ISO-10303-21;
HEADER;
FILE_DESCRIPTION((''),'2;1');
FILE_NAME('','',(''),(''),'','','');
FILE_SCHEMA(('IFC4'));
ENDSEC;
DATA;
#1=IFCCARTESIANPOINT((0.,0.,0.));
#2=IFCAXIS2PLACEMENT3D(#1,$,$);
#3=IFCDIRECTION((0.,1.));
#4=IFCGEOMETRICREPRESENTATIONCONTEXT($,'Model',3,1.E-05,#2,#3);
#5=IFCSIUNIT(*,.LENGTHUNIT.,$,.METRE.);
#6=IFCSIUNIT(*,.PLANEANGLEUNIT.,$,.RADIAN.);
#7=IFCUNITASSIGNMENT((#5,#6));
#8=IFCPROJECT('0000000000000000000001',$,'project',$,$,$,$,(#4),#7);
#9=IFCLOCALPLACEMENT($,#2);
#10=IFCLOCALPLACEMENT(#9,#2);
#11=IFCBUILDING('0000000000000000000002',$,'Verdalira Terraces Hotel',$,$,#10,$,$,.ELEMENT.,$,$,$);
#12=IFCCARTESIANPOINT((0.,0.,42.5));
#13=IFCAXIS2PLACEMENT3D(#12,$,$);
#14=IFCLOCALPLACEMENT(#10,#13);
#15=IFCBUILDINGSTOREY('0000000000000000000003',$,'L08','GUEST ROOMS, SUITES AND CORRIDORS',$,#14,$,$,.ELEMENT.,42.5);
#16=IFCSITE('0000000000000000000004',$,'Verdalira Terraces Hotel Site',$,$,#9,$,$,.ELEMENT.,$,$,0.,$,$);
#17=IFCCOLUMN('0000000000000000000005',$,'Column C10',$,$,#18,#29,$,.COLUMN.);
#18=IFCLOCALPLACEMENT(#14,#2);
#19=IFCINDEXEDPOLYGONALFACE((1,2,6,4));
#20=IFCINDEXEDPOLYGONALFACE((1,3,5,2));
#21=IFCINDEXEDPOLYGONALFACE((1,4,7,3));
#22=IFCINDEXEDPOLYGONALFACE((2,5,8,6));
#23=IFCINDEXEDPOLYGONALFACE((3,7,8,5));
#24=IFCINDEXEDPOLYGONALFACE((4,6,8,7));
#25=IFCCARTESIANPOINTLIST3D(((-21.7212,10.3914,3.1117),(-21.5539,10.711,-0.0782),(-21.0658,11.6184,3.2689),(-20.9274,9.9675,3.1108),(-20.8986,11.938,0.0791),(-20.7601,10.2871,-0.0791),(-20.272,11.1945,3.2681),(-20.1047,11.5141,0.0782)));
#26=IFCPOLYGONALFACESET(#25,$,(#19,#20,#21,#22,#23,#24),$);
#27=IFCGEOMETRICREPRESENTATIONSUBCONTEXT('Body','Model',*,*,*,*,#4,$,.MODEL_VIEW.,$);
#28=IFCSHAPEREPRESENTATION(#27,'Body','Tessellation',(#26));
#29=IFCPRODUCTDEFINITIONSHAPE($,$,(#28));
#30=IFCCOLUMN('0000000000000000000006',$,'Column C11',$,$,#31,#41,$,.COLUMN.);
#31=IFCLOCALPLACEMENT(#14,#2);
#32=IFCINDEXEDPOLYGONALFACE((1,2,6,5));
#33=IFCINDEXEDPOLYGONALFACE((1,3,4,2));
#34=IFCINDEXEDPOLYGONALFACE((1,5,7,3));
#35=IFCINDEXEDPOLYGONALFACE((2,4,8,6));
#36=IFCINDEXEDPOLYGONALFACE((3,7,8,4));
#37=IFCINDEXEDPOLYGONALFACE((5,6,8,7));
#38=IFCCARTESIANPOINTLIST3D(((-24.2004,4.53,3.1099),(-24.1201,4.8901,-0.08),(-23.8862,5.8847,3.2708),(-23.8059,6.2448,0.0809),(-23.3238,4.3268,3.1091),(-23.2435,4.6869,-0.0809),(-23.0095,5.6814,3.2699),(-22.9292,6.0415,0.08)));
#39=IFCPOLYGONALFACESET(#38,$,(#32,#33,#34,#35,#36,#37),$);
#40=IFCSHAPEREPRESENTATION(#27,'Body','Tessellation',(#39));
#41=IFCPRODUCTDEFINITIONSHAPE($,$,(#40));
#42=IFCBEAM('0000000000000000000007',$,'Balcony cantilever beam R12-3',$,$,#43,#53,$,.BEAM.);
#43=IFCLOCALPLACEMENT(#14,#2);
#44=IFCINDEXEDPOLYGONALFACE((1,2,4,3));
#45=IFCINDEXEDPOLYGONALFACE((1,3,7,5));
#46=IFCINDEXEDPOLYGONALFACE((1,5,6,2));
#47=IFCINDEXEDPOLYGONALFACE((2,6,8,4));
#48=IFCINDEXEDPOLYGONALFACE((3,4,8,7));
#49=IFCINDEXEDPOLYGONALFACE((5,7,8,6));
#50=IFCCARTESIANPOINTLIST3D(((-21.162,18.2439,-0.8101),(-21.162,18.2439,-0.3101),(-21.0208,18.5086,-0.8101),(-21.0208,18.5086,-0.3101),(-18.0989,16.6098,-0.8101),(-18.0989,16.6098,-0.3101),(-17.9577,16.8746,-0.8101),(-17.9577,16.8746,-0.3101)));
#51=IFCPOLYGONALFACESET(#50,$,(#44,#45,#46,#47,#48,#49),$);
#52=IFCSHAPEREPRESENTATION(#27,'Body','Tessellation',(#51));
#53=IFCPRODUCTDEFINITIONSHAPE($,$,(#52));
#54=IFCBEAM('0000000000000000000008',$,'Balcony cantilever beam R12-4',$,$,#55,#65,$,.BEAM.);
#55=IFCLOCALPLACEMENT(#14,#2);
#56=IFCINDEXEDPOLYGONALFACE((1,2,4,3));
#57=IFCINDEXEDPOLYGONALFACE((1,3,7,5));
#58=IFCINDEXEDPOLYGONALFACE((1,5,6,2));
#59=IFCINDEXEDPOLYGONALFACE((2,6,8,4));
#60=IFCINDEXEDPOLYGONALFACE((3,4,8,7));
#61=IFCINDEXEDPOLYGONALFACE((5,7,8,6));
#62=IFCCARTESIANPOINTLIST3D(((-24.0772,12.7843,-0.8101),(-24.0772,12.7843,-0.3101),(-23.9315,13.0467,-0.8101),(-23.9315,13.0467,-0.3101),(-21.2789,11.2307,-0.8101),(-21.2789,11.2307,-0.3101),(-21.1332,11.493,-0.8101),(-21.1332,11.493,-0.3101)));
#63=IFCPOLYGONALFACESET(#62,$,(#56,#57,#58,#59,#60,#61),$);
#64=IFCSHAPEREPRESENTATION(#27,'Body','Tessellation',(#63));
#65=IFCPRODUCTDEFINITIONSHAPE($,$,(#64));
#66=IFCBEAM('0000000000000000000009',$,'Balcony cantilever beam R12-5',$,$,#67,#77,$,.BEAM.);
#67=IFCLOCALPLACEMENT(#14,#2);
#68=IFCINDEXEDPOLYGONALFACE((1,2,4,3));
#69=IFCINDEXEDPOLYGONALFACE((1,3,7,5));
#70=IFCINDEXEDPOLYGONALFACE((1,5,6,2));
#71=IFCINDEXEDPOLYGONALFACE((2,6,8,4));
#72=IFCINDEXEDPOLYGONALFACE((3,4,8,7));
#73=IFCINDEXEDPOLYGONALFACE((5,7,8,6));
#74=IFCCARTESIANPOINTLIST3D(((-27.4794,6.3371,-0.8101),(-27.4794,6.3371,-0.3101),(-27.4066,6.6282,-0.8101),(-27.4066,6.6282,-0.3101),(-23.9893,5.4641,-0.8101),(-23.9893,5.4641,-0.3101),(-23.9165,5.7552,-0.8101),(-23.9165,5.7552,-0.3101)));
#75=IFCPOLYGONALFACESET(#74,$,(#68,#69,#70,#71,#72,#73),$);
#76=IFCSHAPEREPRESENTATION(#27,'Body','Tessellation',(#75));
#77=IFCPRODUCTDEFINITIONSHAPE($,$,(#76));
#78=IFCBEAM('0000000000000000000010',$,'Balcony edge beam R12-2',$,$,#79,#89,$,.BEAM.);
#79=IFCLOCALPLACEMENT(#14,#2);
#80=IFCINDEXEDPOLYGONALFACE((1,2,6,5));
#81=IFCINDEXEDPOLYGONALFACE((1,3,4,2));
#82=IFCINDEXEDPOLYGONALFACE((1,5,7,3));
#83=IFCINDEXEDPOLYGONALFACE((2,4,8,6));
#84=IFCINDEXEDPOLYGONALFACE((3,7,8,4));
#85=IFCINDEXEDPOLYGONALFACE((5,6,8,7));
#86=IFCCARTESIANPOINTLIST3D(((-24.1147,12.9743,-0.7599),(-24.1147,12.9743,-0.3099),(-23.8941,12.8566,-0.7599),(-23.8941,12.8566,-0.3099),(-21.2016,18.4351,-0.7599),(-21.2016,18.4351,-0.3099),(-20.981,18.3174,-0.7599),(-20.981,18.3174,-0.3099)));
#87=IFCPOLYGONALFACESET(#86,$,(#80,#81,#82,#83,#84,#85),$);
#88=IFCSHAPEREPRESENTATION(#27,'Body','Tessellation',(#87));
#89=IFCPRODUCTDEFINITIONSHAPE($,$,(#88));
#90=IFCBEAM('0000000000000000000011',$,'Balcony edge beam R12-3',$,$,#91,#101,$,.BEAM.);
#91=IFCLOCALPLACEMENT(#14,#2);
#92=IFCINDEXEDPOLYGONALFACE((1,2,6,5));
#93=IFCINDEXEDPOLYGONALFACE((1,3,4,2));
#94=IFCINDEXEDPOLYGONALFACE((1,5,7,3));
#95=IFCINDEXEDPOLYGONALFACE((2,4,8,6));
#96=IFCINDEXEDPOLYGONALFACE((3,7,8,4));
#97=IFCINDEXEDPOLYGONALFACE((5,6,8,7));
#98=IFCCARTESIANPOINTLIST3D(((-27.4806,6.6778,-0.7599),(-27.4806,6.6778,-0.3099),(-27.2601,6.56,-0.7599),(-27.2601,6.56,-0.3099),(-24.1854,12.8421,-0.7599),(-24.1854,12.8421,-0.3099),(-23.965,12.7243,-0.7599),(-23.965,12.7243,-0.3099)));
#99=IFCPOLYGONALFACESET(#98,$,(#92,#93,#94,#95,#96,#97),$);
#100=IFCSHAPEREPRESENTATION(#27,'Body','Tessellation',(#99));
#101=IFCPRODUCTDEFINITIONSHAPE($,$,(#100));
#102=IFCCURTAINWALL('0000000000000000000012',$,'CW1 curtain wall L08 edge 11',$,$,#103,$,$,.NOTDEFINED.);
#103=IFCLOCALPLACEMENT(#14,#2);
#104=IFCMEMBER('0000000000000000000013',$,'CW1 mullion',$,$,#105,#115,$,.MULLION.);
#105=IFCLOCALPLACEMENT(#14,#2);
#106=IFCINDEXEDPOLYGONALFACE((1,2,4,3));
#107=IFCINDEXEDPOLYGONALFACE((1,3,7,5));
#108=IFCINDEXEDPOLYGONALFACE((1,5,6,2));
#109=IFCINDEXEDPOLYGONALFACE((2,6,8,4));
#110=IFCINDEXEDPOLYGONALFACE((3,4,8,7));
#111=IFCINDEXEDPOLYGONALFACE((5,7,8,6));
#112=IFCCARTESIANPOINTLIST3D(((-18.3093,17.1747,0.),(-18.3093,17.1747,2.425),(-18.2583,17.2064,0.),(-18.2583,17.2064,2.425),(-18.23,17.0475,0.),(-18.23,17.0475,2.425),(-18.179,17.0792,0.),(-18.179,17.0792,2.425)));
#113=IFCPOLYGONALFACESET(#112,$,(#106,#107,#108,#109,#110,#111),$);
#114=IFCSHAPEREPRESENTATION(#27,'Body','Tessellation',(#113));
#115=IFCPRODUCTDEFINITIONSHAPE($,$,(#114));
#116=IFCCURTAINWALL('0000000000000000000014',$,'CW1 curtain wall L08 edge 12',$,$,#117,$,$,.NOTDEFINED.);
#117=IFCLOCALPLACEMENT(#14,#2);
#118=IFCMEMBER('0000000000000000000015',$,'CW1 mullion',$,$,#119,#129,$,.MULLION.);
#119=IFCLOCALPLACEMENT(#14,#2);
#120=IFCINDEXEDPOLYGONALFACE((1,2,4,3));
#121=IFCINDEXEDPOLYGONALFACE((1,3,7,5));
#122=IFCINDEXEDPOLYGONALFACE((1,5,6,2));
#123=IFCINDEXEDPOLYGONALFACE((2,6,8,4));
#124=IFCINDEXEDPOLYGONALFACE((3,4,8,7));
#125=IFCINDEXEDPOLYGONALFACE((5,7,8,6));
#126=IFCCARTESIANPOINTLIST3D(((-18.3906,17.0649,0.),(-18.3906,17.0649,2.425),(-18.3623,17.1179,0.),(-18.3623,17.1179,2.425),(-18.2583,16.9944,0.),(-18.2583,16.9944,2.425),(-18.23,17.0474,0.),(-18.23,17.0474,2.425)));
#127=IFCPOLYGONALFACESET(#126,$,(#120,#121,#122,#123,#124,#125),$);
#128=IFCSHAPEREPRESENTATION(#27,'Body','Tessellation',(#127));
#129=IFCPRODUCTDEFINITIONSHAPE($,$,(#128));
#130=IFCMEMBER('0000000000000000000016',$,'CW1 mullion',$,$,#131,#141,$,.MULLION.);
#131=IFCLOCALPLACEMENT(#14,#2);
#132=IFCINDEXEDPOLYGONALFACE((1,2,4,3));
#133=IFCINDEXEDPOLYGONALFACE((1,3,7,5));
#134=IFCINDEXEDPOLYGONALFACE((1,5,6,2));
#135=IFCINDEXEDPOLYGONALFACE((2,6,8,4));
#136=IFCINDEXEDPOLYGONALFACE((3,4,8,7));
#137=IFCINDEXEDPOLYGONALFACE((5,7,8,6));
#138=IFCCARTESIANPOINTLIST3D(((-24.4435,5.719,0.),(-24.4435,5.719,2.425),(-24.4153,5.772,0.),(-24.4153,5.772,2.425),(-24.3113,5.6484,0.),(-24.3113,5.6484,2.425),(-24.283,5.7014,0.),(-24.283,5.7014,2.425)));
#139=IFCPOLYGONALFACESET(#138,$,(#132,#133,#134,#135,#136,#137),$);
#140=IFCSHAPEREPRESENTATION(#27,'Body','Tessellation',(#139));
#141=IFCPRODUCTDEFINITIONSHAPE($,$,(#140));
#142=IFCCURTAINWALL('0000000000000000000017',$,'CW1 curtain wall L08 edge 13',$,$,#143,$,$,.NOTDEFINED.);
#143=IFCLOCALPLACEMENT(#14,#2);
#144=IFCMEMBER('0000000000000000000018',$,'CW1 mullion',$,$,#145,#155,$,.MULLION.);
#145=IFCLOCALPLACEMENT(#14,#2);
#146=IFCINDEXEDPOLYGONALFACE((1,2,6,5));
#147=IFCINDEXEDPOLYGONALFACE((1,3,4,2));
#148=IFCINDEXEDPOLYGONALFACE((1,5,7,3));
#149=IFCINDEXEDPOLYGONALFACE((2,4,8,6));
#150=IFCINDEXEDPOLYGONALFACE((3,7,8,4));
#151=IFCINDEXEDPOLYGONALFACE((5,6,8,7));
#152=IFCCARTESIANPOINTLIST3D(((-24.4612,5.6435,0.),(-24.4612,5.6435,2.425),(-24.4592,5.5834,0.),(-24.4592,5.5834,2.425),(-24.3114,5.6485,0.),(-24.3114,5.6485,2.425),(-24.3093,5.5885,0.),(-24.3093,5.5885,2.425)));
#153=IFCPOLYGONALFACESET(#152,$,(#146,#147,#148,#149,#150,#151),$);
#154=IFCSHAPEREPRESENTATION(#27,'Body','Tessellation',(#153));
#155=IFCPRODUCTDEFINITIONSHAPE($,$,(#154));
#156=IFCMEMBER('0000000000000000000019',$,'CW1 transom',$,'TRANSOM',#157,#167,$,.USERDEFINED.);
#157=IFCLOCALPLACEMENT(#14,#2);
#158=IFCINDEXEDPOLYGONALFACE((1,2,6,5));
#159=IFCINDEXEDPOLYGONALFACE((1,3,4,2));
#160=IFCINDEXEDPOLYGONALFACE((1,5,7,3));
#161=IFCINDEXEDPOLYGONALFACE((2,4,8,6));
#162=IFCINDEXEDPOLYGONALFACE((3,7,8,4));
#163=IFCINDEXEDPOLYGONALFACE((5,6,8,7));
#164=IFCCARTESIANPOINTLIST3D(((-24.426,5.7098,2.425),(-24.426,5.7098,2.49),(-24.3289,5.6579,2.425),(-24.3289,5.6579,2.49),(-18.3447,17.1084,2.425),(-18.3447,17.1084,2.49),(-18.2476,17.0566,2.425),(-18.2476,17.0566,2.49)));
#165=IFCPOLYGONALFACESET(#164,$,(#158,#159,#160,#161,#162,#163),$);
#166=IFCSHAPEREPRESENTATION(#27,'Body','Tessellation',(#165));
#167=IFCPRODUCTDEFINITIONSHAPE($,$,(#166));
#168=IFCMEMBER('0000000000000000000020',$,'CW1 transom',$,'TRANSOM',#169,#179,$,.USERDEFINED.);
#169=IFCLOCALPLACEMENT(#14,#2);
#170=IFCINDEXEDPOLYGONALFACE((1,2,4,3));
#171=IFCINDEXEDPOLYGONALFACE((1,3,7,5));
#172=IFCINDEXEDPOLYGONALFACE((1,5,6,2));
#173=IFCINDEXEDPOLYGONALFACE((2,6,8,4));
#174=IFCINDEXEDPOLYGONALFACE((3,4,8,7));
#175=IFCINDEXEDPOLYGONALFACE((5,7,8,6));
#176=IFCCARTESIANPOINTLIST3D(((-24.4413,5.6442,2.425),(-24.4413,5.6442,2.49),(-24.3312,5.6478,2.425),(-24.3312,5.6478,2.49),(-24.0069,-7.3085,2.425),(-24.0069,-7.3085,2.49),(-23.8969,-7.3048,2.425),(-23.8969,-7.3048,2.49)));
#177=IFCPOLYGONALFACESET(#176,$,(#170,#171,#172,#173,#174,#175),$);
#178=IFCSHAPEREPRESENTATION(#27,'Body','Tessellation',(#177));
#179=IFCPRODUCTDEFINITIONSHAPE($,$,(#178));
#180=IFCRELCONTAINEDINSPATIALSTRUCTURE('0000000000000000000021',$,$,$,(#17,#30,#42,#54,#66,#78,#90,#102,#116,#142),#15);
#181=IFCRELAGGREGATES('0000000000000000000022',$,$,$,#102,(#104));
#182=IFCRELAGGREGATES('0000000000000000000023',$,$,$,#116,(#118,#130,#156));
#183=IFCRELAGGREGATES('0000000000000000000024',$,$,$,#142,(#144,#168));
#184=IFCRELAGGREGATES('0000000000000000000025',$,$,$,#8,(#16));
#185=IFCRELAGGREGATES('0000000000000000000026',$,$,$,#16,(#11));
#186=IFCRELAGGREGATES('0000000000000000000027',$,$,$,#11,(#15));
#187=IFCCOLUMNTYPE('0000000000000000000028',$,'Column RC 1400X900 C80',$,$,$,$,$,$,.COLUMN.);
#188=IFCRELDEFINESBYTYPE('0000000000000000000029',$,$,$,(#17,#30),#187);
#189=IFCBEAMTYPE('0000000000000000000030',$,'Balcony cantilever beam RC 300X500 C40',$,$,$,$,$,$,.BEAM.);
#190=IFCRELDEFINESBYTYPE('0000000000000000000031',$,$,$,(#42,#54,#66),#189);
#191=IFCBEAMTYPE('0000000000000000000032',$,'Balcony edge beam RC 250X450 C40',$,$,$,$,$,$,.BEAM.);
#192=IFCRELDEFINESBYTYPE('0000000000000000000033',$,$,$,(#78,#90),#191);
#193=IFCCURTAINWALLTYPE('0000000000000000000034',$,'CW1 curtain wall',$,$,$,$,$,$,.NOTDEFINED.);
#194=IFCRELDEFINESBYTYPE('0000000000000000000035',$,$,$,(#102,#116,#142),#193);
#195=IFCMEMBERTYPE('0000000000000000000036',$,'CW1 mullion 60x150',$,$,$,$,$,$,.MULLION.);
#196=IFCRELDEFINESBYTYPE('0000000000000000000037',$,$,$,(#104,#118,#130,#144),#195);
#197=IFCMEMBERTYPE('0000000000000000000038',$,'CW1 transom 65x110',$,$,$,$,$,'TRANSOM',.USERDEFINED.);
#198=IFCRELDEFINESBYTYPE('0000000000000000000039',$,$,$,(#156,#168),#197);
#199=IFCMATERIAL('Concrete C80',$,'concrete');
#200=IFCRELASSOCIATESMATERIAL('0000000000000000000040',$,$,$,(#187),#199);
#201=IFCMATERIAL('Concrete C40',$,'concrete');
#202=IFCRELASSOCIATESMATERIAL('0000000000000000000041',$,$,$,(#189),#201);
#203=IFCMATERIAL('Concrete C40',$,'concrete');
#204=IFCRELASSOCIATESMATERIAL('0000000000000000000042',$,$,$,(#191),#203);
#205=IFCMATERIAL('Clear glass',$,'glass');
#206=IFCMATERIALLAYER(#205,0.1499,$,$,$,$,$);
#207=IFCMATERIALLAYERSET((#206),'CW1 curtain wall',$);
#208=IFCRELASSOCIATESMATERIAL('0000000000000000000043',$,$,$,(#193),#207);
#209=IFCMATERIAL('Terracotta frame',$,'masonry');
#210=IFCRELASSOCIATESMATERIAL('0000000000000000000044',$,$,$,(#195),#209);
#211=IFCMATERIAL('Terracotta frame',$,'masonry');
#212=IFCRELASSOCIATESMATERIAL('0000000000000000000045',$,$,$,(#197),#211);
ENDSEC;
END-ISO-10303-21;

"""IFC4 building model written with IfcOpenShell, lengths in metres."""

from ifc_helpers import new_model, si_unit, direction, frame, origin, origin_2d, place, context, subcontext, project, spatial, rectangle, extrude, material, layer, layer_set, material_profile, profile_set, type_object, element, aggregate, save


model = new_model("IFC4")

# Units and contexts
model_context = context("Model", 3, precision=1e-05, world=origin(), true_north=direction((0.0, 1.0)))
body_context = subcontext(model_context, "Body", "Model", "MODEL_VIEW")
ifc_project = project(units=[si_unit("LENGTHUNIT", "METRE"), si_unit("PLANEANGLEUNIT", "RADIAN")], contexts=[model_context])

# Site, building, storey
site_placement = place(None, origin())
site = spatial("IfcSite", under=ifc_project, at=site_placement, Name="Verdalira Terraces Hotel Site", CompositionType="ELEMENT", RefElevation=0.0)
building_placement = place(site_placement, origin())
building = spatial("IfcBuilding", under=site, at=building_placement, Name="Verdalira Terraces Hotel", CompositionType="ELEMENT")
storey_placement = place(building_placement, frame((0.0, 0.0, 42.5)))
storey = spatial("IfcBuildingStorey", under=building, at=storey_placement, Name="L08", Description="GUEST ROOMS, SUITES AND CORRIDORS", CompositionType="ELEMENT", Elevation=42.5)

# Columns
ifc_material_1 = material(Name="Concrete C80", Category="concrete")
ifc_material_profile_1 = material_profile(ifc_material_1, rectangle(XDim=1.3999, YDim=0.8999, at=origin_2d()), Name="RC 1400X900")
ifc_profile_set_1 = profile_set([ifc_material_profile_1], Name="Concrete C80")
column_type = type_object("IfcColumnType", Name="Column RC 1400X900 C80", PredefinedType="COLUMN", material=ifc_profile_set_1)
column_1_placement = place(storey_placement, frame((-20.8293, 11.1125, 0.0), z_axis=(-0.052094, -0.099549, 0.993668), x_axis=(-0.468171, -0.876466, -0.112352)))
element("IfcColumn", 1, at=column_1_placement, inside=storey, type_object=column_type, Name="Column C10", PredefinedType="COLUMN", context=body_context, shape_type="SweptSolid", body=[
    extrude(rectangle(XDim=1.3999, YDim=0.8999, at=origin_2d()), origin(), (0.0, 0.0, 1.0), 3.2102),
])
column_2_placement = place(storey_placement, frame((-23.5247, 5.4658, 0.0), z_axis=(-0.025013, -0.112141, 0.993377), x_axis=(0.224483, 0.967681, 0.114892)))
element("IfcColumn", 2, at=column_2_placement, inside=storey, type_object=column_type, Name="Column C11", PredefinedType="COLUMN", context=body_context, shape_type="SweptSolid", body=[
    extrude(rectangle(XDim=1.3999, YDim=0.8999, at=origin_2d()), origin(), (0.0, 0.0, 1.0), 3.2112),
])

# Beams
ifc_material_2 = material(Name="Concrete C40", Category="concrete")
ifc_material_profile_2 = material_profile(ifc_material_2, rectangle(XDim=0.3, YDim=0.5, at=origin_2d()), Name="RC 300X500")
ifc_profile_set_2 = profile_set([ifc_material_profile_2], Name="Concrete C40")
beam_type_1 = type_object("IfcBeamType", Name="Balcony cantilever beam RC 300X500 C40", PredefinedType="BEAM", material=ifc_profile_set_2)
beam_1_placement = place(storey_placement, frame((-18.0283, 16.7422, -0.5601), z_axis=(-0.8823, 0.470687, 0.0), x_axis=(-0.470687, -0.8823, 0.0)))
element("IfcBeam", 3, at=beam_1_placement, inside=storey, type_object=beam_type_1, Name="Balcony cantilever beam R12-3", PredefinedType="BEAM", context=body_context, shape_type="SweptSolid", body=[
    extrude(rectangle(XDim=0.3, YDim=0.5, at=origin_2d()), origin(), (0.0, 0.0, 1.0), 3.4717),
])
beam_2_placement = place(storey_placement, frame((-21.2061, 11.3618, -0.5601), z_axis=(-0.87428, 0.485423, 0.0), x_axis=(-0.485423, -0.87428, 0.0)))
element("IfcBeam", 4, at=beam_2_placement, inside=storey, type_object=beam_type_1, Name="Balcony cantilever beam R12-4", PredefinedType="BEAM", context=body_context, shape_type="SweptSolid", body=[
    extrude(rectangle(XDim=0.3, YDim=0.5, at=origin_2d()), origin(), (0.0, 0.0, 1.0), 3.2007),
])
beam_3_placement = place(storey_placement, frame((-23.9529, 5.6096, -0.5601), z_axis=(-0.970111, 0.242663, 0.0), x_axis=(-0.242663, -0.970111, 0.0)))
element("IfcBeam", 5, at=beam_3_placement, inside=storey, type_object=beam_type_1, Name="Balcony cantilever beam R12-5", PredefinedType="BEAM", context=body_context, shape_type="SweptSolid", body=[
    extrude(rectangle(XDim=0.3, YDim=0.5, at=origin_2d()), origin(), (0.0, 0.0, 1.0), 3.5977),
])
ifc_material_3 = material(Name="Concrete C40", Category="concrete")
ifc_material_profile_3 = material_profile(ifc_material_3, rectangle(XDim=0.25, YDim=0.45, at=origin_2d()), Name="RC 250X450")
ifc_profile_set_3 = profile_set([ifc_material_profile_3], Name="Concrete C40")
beam_type_2 = type_object("IfcBeamType", Name="Balcony edge beam RC 250X450 C40", PredefinedType="BEAM", material=ifc_profile_set_3)
beam_4_placement = place(storey_placement, frame((-21.0913, 18.3762, -0.5349), z_axis=(-0.470678, -0.882305, 0.0), x_axis=(0.882305, -0.470678, 0.0)))
element("IfcBeam", 6, at=beam_4_placement, inside=storey, type_object=beam_type_2, Name="Balcony edge beam R12-2", PredefinedType="BEAM", context=body_context, shape_type="SweptSolid", body=[
    extrude(rectangle(XDim=0.25, YDim=0.45, at=origin_2d()), origin(), (0.0, 0.0, 1.0), 6.1892),
])
beam_5_placement = place(storey_placement, frame((-24.0752, 12.7832, -0.5349), z_axis=(-0.471427, -0.881905, 0.0), x_axis=(0.881905, -0.471427, 0.0)))
element("IfcBeam", 7, at=beam_5_placement, inside=storey, type_object=beam_type_2, Name="Balcony edge beam R12-3", PredefinedType="BEAM", context=body_context, shape_type="SweptSolid", body=[
    extrude(rectangle(XDim=0.25, YDim=0.45, at=origin_2d()), origin(), (0.0, 0.0, 1.0), 6.9897),
])

# Curtain wall, member
ifc_material_4 = material(Name="Clear glass", Category="glass")
ifc_layer_1 = layer(ifc_material_4, 0.1499)
ifc_layer_set_1 = layer_set([ifc_layer_1], Name="CW1 curtain wall")
curtain_wall_type = type_object("IfcCurtainWallType", Name="CW1 curtain wall", PredefinedType="NOTDEFINED", material=ifc_layer_set_1)
curtain_wall_1_placement = place(storey_placement, origin())
curtain_wall_1 = element("IfcCurtainWall", 8, at=curtain_wall_1_placement, inside=storey, type_object=curtain_wall_type, Name="CW1 curtain wall L08 edge 11", PredefinedType="NOTDEFINED")
ifc_material_5 = material(Name="Terracotta frame", Category="masonry")
ifc_material_profile_4 = material_profile(ifc_material_5, rectangle(XDim=0.0601, YDim=0.1499, at=origin_2d()), Name="MU 60x150")
ifc_profile_set_4 = profile_set([ifc_material_profile_4], Name="Terracotta frame")
member_type_1 = type_object("IfcMemberType", Name="CW1 mullion 60x150", PredefinedType="MULLION", material=ifc_profile_set_4)
member_1_placement = place(storey_placement, frame((-18.2441, 17.127, 0.0), z_axis=(0.0, 0.0, 1.0), x_axis=(-0.848787, -0.528735, 0.0)))
member_1 = element("IfcMember", 9, at=member_1_placement, type_object=member_type_1, Name="CW1 mullion", PredefinedType="MULLION", context=body_context, shape_type="SweptSolid", body=[
    extrude(rectangle(XDim=0.0601, YDim=0.1499, at=origin_2d()), origin(), (0.0, 0.0, 1.0), 2.425),
])
aggregate(curtain_wall_1, [member_1])

# Curtain wall, members
curtain_wall_2_placement = place(storey_placement, origin())
curtain_wall_2 = element("IfcCurtainWall", 10, at=curtain_wall_2_placement, inside=storey, type_object=curtain_wall_type, Name="CW1 curtain wall L08 edge 12", PredefinedType="NOTDEFINED")
member_2_placement = place(storey_placement, frame((-18.3103, 17.0562, 0.0), z_axis=(0.0, 0.0, 1.0), x_axis=(-0.470704, -0.882291, 0.0)))
member_2 = element("IfcMember", 11, at=member_2_placement, type_object=member_type_1, Name="CW1 mullion", PredefinedType="MULLION", context=body_context, shape_type="SweptSolid", body=[
    extrude(rectangle(XDim=0.0601, YDim=0.1499, at=origin_2d()), origin(), (0.0, 0.0, 1.0), 2.425),
])
member_3_placement = place(storey_placement, frame((-24.3633, 5.7102, 0.0), z_axis=(0.0, 0.0, 1.0), x_axis=(-0.470704, -0.882291, 0.0)))
member_3 = element("IfcMember", 12, at=member_3_placement, type_object=member_type_1, Name="CW1 mullion", PredefinedType="MULLION", context=body_context, shape_type="SweptSolid", body=[
    extrude(rectangle(XDim=0.0601, YDim=0.1499, at=origin_2d()), origin(), (0.0, 0.0, 1.0), 2.425),
])

# Curtain wall, member
curtain_wall_3_placement = place(storey_placement, origin())
curtain_wall_3 = element("IfcCurtainWall", 13, at=curtain_wall_3_placement, inside=storey, type_object=curtain_wall_type, Name="CW1 curtain wall L08 edge 13", PredefinedType="NOTDEFINED")
member_4_placement = place(storey_placement, frame((-24.3853, 5.616, 0.0), z_axis=(0.0, 0.0, 1.0), x_axis=(0.033504, -0.999439, 0.0)))
member_4 = element("IfcMember", 14, at=member_4_placement, type_object=member_type_1, Name="CW1 mullion", PredefinedType="MULLION", context=body_context, shape_type="SweptSolid", body=[
    extrude(rectangle(XDim=0.0601, YDim=0.1499, at=origin_2d()), origin(), (0.0, 0.0, 1.0), 2.425),
])

# Members
ifc_material_6 = material(Name="Terracotta frame", Category="masonry")
ifc_material_profile_5 = material_profile(ifc_material_6, rectangle(XDim=0.1101, YDim=0.0649, at=origin_2d()), Name="TR 65x110")
ifc_profile_set_5 = profile_set([ifc_material_profile_5], Name="Terracotta frame")
member_type_2 = type_object("IfcMemberType", Name="CW1 transom 65x110", ElementType="TRANSOM", PredefinedType="USERDEFINED", material=ifc_profile_set_5)
member_5_placement = place(storey_placement, frame((-18.2961, 17.0825, 2.4575), z_axis=(-0.470709, -0.882289, 0.0), x_axis=(0.882289, -0.470709, 0.0)))
member_5 = element("IfcMember", 15, at=member_5_placement, type_object=member_type_2, Name="CW1 transom", ObjectType="TRANSOM", PredefinedType="USERDEFINED", context=body_context, shape_type="SweptSolid", body=[
    extrude(rectangle(XDim=0.1101, YDim=0.0649, at=origin_2d()), origin(), (0.0, 0.0, 1.0), 12.9194),
])
member_6_placement = place(storey_placement, frame((-24.3862, 5.646, 2.4575), z_axis=(0.033513, -0.999438, 0.0), x_axis=(0.999438, 0.033513, 0.0)))
member_6 = element("IfcMember", 16, at=member_6_placement, type_object=member_type_2, Name="CW1 transom", ObjectType="TRANSOM", PredefinedType="USERDEFINED", context=body_context, shape_type="SweptSolid", body=[
    extrude(rectangle(XDim=0.1101, YDim=0.0649, at=origin_2d()), origin(), (0.0, 0.0, 1.0), 12.96),
])

aggregate(curtain_wall_2, [member_2, member_3, member_5])
aggregate(curtain_wall_3, [member_4, member_6])

save(model, "model.ifc")
